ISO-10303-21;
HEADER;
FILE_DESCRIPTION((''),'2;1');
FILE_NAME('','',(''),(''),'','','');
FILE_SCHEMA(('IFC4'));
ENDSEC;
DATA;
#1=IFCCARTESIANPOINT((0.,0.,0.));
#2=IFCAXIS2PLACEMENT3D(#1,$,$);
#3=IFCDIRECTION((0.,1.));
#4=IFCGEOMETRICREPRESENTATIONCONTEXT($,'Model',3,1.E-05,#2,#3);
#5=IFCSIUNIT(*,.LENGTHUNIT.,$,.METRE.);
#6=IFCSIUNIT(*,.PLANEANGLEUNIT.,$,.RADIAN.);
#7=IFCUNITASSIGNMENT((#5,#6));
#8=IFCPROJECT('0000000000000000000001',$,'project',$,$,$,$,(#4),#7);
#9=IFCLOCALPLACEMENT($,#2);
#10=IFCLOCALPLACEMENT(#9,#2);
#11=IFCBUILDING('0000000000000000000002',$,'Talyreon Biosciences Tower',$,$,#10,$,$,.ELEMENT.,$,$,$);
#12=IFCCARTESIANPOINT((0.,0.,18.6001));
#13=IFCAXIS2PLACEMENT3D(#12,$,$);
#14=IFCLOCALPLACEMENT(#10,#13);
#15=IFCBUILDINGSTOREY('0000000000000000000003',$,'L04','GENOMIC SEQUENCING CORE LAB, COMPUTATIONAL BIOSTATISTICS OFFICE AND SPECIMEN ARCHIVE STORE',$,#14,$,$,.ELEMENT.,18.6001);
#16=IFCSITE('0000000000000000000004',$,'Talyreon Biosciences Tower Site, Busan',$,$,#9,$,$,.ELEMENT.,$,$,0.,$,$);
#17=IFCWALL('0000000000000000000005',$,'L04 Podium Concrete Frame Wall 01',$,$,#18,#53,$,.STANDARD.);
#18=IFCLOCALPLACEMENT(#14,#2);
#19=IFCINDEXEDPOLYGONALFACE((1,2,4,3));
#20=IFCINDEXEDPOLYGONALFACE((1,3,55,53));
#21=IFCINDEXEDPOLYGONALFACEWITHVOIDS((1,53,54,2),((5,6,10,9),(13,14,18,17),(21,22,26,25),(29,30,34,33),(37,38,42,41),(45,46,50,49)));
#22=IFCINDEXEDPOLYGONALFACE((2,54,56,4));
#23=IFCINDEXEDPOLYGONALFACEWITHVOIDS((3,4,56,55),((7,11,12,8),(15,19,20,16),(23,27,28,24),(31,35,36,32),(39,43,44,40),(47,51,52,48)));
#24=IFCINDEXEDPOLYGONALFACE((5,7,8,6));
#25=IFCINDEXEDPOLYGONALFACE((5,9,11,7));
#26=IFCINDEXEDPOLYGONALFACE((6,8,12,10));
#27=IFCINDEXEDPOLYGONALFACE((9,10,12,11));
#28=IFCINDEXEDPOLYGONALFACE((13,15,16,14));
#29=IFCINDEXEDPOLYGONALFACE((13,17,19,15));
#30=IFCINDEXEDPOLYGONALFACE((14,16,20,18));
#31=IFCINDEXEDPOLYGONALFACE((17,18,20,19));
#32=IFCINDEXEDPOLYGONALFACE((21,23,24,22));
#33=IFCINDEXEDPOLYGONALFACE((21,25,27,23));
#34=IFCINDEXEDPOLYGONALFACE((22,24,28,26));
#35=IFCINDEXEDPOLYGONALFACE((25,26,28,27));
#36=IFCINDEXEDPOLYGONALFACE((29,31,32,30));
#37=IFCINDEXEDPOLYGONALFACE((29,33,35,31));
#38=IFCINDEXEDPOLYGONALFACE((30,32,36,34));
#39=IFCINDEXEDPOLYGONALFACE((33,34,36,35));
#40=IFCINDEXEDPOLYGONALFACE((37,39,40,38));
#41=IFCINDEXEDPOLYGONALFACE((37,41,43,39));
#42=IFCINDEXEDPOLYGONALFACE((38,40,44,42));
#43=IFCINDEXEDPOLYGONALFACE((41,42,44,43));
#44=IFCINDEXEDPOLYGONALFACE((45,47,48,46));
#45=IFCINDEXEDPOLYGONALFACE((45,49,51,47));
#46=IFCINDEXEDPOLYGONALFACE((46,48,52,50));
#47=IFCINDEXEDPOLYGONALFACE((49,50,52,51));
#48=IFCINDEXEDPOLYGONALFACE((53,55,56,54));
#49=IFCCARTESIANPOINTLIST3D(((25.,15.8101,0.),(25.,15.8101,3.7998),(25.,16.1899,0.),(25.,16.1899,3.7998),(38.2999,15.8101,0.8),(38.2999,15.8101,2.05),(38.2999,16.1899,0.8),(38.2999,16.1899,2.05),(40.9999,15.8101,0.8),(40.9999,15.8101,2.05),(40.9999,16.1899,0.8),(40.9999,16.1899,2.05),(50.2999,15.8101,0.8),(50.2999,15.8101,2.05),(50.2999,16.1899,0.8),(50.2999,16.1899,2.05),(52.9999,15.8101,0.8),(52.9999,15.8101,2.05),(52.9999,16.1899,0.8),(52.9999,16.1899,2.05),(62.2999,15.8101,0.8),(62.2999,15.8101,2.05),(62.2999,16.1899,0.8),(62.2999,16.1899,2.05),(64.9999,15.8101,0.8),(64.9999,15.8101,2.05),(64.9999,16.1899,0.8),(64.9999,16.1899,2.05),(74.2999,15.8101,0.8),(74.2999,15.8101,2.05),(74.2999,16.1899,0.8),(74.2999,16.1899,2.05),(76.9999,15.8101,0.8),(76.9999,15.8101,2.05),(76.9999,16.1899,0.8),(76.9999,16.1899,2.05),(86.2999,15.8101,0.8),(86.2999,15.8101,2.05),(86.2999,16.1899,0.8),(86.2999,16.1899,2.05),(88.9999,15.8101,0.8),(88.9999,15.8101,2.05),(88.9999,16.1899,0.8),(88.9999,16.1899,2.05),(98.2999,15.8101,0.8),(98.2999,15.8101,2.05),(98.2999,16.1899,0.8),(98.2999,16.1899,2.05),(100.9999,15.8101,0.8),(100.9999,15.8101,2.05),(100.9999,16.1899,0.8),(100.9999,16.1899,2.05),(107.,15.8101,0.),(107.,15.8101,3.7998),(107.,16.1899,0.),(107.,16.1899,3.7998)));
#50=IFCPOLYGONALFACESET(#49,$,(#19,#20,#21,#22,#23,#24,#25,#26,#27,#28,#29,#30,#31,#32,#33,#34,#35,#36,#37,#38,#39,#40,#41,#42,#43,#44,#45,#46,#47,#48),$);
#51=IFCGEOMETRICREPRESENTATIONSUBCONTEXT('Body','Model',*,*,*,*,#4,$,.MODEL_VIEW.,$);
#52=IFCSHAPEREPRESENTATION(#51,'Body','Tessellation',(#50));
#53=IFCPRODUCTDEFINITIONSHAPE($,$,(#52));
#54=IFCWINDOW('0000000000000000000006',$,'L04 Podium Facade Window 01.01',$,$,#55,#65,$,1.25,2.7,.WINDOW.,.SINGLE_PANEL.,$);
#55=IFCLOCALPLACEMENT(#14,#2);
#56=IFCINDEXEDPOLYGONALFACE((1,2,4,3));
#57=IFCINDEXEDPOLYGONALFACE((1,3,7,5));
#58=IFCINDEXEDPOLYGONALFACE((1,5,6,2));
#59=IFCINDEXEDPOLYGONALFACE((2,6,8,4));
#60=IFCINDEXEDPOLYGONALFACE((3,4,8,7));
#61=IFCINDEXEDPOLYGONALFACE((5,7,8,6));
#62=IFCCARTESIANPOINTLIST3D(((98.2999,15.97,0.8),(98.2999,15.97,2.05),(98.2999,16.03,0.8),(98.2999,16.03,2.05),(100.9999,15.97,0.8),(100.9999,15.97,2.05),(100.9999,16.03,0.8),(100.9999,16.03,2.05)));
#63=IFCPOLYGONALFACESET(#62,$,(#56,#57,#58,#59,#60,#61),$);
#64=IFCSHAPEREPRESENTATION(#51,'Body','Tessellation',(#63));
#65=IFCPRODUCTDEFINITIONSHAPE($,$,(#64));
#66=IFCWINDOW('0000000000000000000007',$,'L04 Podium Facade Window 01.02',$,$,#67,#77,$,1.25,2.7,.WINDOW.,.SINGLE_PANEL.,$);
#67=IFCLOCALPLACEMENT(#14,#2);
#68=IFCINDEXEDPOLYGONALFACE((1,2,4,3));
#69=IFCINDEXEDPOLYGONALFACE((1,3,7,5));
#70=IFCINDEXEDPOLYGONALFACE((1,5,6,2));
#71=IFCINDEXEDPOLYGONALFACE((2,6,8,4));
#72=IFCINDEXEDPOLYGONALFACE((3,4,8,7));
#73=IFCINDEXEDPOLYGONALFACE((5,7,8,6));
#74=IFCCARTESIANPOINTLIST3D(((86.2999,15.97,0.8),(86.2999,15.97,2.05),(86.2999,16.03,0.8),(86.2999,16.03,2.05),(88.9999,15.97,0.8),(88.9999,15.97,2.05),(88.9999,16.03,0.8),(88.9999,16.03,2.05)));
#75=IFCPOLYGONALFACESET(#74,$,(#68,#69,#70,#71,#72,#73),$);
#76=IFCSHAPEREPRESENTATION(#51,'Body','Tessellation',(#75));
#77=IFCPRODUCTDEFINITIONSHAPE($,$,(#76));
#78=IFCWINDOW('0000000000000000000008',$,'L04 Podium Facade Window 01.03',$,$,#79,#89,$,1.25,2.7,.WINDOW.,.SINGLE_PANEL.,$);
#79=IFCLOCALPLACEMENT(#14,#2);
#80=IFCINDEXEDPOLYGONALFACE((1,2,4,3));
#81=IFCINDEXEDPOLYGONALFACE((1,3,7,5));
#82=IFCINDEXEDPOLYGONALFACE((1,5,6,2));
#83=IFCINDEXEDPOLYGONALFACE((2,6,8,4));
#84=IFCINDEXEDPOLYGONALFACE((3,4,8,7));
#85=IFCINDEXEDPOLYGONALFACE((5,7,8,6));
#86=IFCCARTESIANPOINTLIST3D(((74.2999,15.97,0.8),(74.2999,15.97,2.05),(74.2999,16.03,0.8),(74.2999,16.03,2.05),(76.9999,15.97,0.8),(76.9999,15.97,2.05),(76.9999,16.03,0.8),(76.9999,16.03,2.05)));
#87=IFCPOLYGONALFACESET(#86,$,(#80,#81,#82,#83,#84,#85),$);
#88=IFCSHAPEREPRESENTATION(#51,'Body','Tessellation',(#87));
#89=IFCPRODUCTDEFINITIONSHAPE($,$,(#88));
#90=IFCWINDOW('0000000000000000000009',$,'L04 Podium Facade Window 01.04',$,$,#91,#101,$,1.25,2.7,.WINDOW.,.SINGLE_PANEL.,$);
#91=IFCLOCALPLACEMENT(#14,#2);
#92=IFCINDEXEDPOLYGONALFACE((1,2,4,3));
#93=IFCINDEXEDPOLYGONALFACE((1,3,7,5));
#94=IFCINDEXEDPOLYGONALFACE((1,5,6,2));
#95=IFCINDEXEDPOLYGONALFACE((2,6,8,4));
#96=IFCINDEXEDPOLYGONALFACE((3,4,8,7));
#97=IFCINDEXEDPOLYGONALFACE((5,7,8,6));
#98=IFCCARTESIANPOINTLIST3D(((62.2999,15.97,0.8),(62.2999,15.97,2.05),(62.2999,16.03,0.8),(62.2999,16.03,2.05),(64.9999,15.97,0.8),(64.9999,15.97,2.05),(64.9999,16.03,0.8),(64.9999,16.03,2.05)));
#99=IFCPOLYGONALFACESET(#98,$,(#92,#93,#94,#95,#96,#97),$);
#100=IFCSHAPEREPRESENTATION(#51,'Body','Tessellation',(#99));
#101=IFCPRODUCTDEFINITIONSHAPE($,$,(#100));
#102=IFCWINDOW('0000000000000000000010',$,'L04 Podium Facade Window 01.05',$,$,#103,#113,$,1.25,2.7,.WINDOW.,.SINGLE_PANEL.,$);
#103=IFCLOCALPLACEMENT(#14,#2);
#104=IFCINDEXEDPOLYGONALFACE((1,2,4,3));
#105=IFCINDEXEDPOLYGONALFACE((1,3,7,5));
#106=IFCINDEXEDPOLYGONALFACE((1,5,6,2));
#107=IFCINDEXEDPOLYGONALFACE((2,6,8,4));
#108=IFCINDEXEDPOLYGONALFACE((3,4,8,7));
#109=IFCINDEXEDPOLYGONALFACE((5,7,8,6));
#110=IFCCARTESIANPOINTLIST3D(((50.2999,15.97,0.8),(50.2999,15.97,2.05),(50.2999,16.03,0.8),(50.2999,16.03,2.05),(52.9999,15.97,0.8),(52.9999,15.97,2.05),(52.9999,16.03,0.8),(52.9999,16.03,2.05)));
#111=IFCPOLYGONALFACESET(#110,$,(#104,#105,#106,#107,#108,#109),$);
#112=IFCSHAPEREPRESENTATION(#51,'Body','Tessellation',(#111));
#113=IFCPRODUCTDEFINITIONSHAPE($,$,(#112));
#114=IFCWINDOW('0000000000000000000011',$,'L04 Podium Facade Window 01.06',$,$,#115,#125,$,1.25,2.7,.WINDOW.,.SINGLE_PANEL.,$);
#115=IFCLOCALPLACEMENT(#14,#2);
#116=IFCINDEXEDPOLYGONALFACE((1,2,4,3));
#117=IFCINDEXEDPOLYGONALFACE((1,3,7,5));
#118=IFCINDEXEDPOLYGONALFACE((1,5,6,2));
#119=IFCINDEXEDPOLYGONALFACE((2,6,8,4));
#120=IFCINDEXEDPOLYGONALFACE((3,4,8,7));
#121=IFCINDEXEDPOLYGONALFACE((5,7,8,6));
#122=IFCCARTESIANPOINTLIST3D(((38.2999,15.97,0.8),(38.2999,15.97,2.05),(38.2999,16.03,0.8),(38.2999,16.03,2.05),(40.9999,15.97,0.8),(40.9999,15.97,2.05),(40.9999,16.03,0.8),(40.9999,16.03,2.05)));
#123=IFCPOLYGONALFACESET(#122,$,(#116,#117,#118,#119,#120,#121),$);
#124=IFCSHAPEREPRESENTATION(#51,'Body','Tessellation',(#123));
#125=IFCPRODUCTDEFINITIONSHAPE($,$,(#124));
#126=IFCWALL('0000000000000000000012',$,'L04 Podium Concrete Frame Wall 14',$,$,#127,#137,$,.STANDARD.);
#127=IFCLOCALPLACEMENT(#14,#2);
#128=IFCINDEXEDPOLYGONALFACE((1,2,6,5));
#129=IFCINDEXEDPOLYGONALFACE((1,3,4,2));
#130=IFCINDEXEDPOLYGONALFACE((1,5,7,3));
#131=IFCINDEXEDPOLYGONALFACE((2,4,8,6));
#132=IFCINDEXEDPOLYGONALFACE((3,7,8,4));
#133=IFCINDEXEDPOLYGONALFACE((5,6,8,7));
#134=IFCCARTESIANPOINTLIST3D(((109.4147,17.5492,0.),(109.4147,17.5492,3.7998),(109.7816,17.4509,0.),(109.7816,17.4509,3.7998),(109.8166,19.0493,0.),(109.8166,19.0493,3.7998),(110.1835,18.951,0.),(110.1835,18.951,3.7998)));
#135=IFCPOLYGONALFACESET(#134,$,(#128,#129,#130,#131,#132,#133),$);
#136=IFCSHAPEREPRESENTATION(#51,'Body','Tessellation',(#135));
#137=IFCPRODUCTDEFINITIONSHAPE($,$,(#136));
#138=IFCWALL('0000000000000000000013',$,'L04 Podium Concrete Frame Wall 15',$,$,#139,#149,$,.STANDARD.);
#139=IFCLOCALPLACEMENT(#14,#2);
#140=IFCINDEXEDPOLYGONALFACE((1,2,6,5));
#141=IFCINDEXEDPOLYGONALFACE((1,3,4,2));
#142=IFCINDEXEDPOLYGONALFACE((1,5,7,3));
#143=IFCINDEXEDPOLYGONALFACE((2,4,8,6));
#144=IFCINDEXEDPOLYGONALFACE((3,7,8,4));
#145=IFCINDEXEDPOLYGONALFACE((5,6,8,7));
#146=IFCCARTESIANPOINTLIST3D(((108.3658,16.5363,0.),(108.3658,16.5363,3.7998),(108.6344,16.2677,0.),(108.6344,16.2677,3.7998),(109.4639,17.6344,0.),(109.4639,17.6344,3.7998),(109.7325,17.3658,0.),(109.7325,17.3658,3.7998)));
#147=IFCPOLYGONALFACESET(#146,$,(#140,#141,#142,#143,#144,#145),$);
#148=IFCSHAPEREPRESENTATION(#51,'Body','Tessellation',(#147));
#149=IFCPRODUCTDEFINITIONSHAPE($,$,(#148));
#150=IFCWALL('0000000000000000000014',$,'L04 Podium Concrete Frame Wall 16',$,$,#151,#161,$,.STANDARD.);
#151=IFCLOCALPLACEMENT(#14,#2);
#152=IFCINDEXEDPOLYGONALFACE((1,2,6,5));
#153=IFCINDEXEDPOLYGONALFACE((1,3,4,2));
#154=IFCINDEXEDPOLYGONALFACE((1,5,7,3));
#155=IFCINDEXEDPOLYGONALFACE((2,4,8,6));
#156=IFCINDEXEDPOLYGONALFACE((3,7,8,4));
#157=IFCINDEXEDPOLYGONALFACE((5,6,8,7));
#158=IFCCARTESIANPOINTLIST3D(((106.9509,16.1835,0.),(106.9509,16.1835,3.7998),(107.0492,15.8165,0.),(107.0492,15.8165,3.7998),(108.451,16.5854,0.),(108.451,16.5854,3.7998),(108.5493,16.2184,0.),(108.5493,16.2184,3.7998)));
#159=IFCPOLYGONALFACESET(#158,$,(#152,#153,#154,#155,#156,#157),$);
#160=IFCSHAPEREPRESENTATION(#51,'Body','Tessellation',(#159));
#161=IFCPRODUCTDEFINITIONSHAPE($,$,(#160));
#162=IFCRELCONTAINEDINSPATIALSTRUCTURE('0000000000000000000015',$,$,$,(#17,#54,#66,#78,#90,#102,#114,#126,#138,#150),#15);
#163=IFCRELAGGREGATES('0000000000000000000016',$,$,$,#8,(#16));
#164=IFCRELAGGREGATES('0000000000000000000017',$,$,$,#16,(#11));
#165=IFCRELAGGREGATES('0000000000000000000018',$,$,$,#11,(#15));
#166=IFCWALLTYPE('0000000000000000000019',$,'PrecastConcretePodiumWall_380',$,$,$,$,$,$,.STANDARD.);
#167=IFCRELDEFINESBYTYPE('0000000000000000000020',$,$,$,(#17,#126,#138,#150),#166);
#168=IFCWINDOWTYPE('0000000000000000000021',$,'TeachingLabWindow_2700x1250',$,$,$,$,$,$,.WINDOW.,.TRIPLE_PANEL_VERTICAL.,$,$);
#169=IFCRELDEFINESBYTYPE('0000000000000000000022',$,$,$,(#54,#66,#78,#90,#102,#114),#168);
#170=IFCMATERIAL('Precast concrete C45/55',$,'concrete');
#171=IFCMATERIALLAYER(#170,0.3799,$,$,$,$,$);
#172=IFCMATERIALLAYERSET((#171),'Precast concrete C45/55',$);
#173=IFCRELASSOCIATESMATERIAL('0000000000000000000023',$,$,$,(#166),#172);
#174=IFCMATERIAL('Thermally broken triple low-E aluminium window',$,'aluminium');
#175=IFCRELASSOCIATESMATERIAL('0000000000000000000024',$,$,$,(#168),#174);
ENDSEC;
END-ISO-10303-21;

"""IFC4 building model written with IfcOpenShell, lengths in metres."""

from ifc_helpers import new_model, si_unit, direction, frame, frame_2d, origin, place, context, subcontext, project, spatial, rectangle, extrude, material, layer, layer_set, type_object, element, fill, save


model = new_model("IFC4")

# Units and contexts
model_context = context("Model", 3, precision=1e-05, world=origin(), true_north=direction((0.0, 1.0)))
body_context = subcontext(model_context, "Body", "Model", "MODEL_VIEW")
ifc_project = project(units=[si_unit("LENGTHUNIT", "METRE"), si_unit("PLANEANGLEUNIT", "RADIAN")], contexts=[model_context])

# Site, building, storey
site_placement = place(None, origin())
site = spatial("IfcSite", under=ifc_project, at=site_placement, Name="Talyreon Biosciences Tower Site, Busan", CompositionType="ELEMENT", RefElevation=0.0)
building_placement = place(site_placement, origin())
building = spatial("IfcBuilding", under=site, at=building_placement, Name="Talyreon Biosciences Tower", CompositionType="ELEMENT")
storey_placement = place(building_placement, frame((0.0, 0.0, 18.6001)))
storey = spatial("IfcBuildingStorey", under=building, at=storey_placement, Name="L04", Description="GENOMIC SEQUENCING CORE LAB, COMPUTATIONAL BIOSTATISTICS OFFICE AND SPECIMEN ARCHIVE STORE", CompositionType="ELEMENT", Elevation=18.6001)

# Wall, openings, windows
ifc_material_1 = material(Name="Precast concrete C45/55", Category="concrete")
ifc_layer = layer(ifc_material_1, 0.3799)
ifc_layer_set = layer_set([ifc_layer], Name="Precast concrete C45/55")
wall_type = type_object("IfcWallType", Name="PrecastConcretePodiumWall_380", PredefinedType="STANDARD", material=ifc_layer_set)
wall_placement = place(storey_placement, frame((107.0, 16.0, 0.0), z_axis=(0.0, 0.0, 1.0), x_axis=(-1.0, 0.0, 0.0)))
wall = element("IfcWall", 1, at=wall_placement, inside=storey, type_object=wall_type, Name="L04 Podium Concrete Frame Wall 01", PredefinedType="STANDARD", context=body_context, shape_type="SweptSolid", body=[
    extrude(rectangle(XDim=82.0, YDim=0.3799, at=frame_2d((41.0, 0.0))), origin(), (0.0, 0.0, 1.0), 3.7998),
])
opening_1_placement = place(wall_placement, frame((6.0, 0.0, 0.8)))
opening_1 = element("IfcOpeningElement", 2, at=opening_1_placement, cuts=wall, PredefinedType="OPENING", context=body_context, shape_type="SweptSolid", body=[
    extrude(rectangle(XDim=2.7, YDim=1.25, at=frame_2d((1.3501, 0.625))), frame((0.0, 0.2, 0.0), z_axis=(0.0, -1.0, 0.0), x_axis=(1.0, 0.0, 0.0)), (0.0, 0.0, 1.0), 0.3999),
])
opening_2_placement = place(wall_placement, frame((18.0, 0.0, 0.8)))
opening_2 = element("IfcOpeningElement", 3, at=opening_2_placement, cuts=wall, PredefinedType="OPENING", context=body_context, shape_type="SweptSolid", body=[
    extrude(rectangle(XDim=2.7, YDim=1.25, at=frame_2d((1.3501, 0.625))), frame((0.0, 0.2, 0.0), z_axis=(0.0, -1.0, 0.0), x_axis=(1.0, 0.0, 0.0)), (0.0, 0.0, 1.0), 0.3999),
])
opening_3_placement = place(wall_placement, frame((30.0, 0.0, 0.8)))
opening_3 = element("IfcOpeningElement", 4, at=opening_3_placement, cuts=wall, PredefinedType="OPENING", context=body_context, shape_type="SweptSolid", body=[
    extrude(rectangle(XDim=2.7, YDim=1.25, at=frame_2d((1.3501, 0.625))), frame((0.0, 0.2, 0.0), z_axis=(0.0, -1.0, 0.0), x_axis=(1.0, 0.0, 0.0)), (0.0, 0.0, 1.0), 0.3999),
])
opening_4_placement = place(wall_placement, frame((42.0, 0.0, 0.8)))
opening_4 = element("IfcOpeningElement", 5, at=opening_4_placement, cuts=wall, PredefinedType="OPENING", context=body_context, shape_type="SweptSolid", body=[
    extrude(rectangle(XDim=2.7, YDim=1.25, at=frame_2d((1.3501, 0.625))), frame((0.0, 0.2, 0.0), z_axis=(0.0, -1.0, 0.0), x_axis=(1.0, 0.0, 0.0)), (0.0, 0.0, 1.0), 0.3999),
])
opening_5_placement = place(wall_placement, frame((54.0, 0.0, 0.8)))
opening_5 = element("IfcOpeningElement", 6, at=opening_5_placement, cuts=wall, PredefinedType="OPENING", context=body_context, shape_type="SweptSolid", body=[
    extrude(rectangle(XDim=2.7, YDim=1.25, at=frame_2d((1.3501, 0.625))), frame((0.0, 0.2, 0.0), z_axis=(0.0, -1.0, 0.0), x_axis=(1.0, 0.0, 0.0)), (0.0, 0.0, 1.0), 0.3999),
])
opening_6_placement = place(wall_placement, frame((66.0, 0.0, 0.8)))
opening_6 = element("IfcOpeningElement", 7, at=opening_6_placement, cuts=wall, PredefinedType="OPENING", context=body_context, shape_type="SweptSolid", body=[
    extrude(rectangle(XDim=2.7, YDim=1.25, at=frame_2d((1.3501, 0.625))), frame((0.0, 0.2, 0.0), z_axis=(0.0, -1.0, 0.0), x_axis=(1.0, 0.0, 0.0)), (0.0, 0.0, 1.0), 0.3999),
])
ifc_material_2 = material(Name="Thermally broken triple low-E aluminium window", Category="aluminium")
window_type = type_object("IfcWindowType", Name="TeachingLabWindow_2700x1250", PartitioningType="TRIPLE_PANEL_VERTICAL", PredefinedType="WINDOW", material=ifc_material_2)
window_1_placement = place(opening_1_placement, origin())
window_1 = element("IfcWindow", 8, at=window_1_placement, inside=storey, type_object=window_type, Name="L04 Podium Facade Window 01.01", OverallHeight=1.25, OverallWidth=2.7, PartitioningType="SINGLE_PANEL", PredefinedType="WINDOW", context=body_context, shape_type="SweptSolid", body=[
    extrude(rectangle(XDim=2.7, YDim=1.25, at=frame_2d((1.3501, 0.625))), frame((0.0, 0.03, 0.0), z_axis=(0.0, -1.0, 0.0), x_axis=(1.0, 0.0, 0.0)), (0.0, 0.0, 1.0), 0.0601),
])
fill(opening_1, window_1)
window_2_placement = place(opening_2_placement, origin())
window_2 = element("IfcWindow", 9, at=window_2_placement, inside=storey, type_object=window_type, Name="L04 Podium Facade Window 01.02", OverallHeight=1.25, OverallWidth=2.7, PartitioningType="SINGLE_PANEL", PredefinedType="WINDOW", context=body_context, shape_type="SweptSolid", body=[
    extrude(rectangle(XDim=2.7, YDim=1.25, at=frame_2d((1.3501, 0.625))), frame((0.0, 0.03, 0.0), z_axis=(0.0, -1.0, 0.0), x_axis=(1.0, 0.0, 0.0)), (0.0, 0.0, 1.0), 0.0601),
])
fill(opening_2, window_2)
window_3_placement = place(opening_3_placement, origin())
window_3 = element("IfcWindow", 10, at=window_3_placement, inside=storey, type_object=window_type, Name="L04 Podium Facade Window 01.03", OverallHeight=1.25, OverallWidth=2.7, PartitioningType="SINGLE_PANEL", PredefinedType="WINDOW", context=body_context, shape_type="SweptSolid", body=[
    extrude(rectangle(XDim=2.7, YDim=1.25, at=frame_2d((1.3501, 0.625))), frame((0.0, 0.03, 0.0), z_axis=(0.0, -1.0, 0.0), x_axis=(1.0, 0.0, 0.0)), (0.0, 0.0, 1.0), 0.0601),
])
fill(opening_3, window_3)
window_4_placement = place(opening_4_placement, origin())
window_4 = element("IfcWindow", 11, at=window_4_placement, inside=storey, type_object=window_type, Name="L04 Podium Facade Window 01.04", OverallHeight=1.25, OverallWidth=2.7, PartitioningType="SINGLE_PANEL", PredefinedType="WINDOW", context=body_context, shape_type="SweptSolid", body=[
    extrude(rectangle(XDim=2.7, YDim=1.25, at=frame_2d((1.3501, 0.625))), frame((0.0, 0.03, 0.0), z_axis=(0.0, -1.0, 0.0), x_axis=(1.0, 0.0, 0.0)), (0.0, 0.0, 1.0), 0.0601),
])
fill(opening_4, window_4)
window_5_placement = place(opening_5_placement, origin())
window_5 = element("IfcWindow", 12, at=window_5_placement, inside=storey, type_object=window_type, Name="L04 Podium Facade Window 01.05", OverallHeight=1.25, OverallWidth=2.7, PartitioningType="SINGLE_PANEL", PredefinedType="WINDOW", context=body_context, shape_type="SweptSolid", body=[
    extrude(rectangle(XDim=2.7, YDim=1.25, at=frame_2d((1.3501, 0.625))), frame((0.0, 0.03, 0.0), z_axis=(0.0, -1.0, 0.0), x_axis=(1.0, 0.0, 0.0)), (0.0, 0.0, 1.0), 0.0601),
])
fill(opening_5, window_5)
window_6_placement = place(opening_6_placement, origin())
window_6 = element("IfcWindow", 13, at=window_6_placement, inside=storey, type_object=window_type, Name="L04 Podium Facade Window 01.06", OverallHeight=1.25, OverallWidth=2.7, PartitioningType="SINGLE_PANEL", PredefinedType="WINDOW", context=body_context, shape_type="SweptSolid", body=[
    extrude(rectangle(XDim=2.7, YDim=1.25, at=frame_2d((1.3501, 0.625))), frame((0.0, 0.03, 0.0), z_axis=(0.0, -1.0, 0.0), x_axis=(1.0, 0.0, 0.0)), (0.0, 0.0, 1.0), 0.0601),
])
fill(opening_6, window_6)

# Walls
for number, where, z_axis, x_axis, name in (
    (14, (110.0, 19.0, 0.0), (0.0, 0.0, 1.0), (-0.258778, -0.965937, 0.0), "L04 Podium Concrete Frame Wall 14"),
    (15, (109.5981, 17.5, 0.0), (0.0, 0.0, 1.0), (-0.707107, -0.707107, 0.0), "L04 Podium Concrete Frame Wall 15"),
    (16, (108.5, 16.4019, 0.0), (0.0, 0.0, 1.0), (-0.965937, -0.258778, 0.0), "L04 Podium Concrete Frame Wall 16"),
):
    element("IfcWall", number, at=place(storey_placement, frame(where, z_axis=z_axis, x_axis=x_axis)), inside=storey, type_object=wall_type, Name=name, PredefinedType="STANDARD", context=body_context, shape_type="SweptSolid", body=[
        extrude(rectangle(XDim=1.553, YDim=0.3799, at=frame_2d((0.7764, 0.0))), origin(), (0.0, 0.0, 1.0), 3.7998),
    ])

save(model, "model.ifc")
